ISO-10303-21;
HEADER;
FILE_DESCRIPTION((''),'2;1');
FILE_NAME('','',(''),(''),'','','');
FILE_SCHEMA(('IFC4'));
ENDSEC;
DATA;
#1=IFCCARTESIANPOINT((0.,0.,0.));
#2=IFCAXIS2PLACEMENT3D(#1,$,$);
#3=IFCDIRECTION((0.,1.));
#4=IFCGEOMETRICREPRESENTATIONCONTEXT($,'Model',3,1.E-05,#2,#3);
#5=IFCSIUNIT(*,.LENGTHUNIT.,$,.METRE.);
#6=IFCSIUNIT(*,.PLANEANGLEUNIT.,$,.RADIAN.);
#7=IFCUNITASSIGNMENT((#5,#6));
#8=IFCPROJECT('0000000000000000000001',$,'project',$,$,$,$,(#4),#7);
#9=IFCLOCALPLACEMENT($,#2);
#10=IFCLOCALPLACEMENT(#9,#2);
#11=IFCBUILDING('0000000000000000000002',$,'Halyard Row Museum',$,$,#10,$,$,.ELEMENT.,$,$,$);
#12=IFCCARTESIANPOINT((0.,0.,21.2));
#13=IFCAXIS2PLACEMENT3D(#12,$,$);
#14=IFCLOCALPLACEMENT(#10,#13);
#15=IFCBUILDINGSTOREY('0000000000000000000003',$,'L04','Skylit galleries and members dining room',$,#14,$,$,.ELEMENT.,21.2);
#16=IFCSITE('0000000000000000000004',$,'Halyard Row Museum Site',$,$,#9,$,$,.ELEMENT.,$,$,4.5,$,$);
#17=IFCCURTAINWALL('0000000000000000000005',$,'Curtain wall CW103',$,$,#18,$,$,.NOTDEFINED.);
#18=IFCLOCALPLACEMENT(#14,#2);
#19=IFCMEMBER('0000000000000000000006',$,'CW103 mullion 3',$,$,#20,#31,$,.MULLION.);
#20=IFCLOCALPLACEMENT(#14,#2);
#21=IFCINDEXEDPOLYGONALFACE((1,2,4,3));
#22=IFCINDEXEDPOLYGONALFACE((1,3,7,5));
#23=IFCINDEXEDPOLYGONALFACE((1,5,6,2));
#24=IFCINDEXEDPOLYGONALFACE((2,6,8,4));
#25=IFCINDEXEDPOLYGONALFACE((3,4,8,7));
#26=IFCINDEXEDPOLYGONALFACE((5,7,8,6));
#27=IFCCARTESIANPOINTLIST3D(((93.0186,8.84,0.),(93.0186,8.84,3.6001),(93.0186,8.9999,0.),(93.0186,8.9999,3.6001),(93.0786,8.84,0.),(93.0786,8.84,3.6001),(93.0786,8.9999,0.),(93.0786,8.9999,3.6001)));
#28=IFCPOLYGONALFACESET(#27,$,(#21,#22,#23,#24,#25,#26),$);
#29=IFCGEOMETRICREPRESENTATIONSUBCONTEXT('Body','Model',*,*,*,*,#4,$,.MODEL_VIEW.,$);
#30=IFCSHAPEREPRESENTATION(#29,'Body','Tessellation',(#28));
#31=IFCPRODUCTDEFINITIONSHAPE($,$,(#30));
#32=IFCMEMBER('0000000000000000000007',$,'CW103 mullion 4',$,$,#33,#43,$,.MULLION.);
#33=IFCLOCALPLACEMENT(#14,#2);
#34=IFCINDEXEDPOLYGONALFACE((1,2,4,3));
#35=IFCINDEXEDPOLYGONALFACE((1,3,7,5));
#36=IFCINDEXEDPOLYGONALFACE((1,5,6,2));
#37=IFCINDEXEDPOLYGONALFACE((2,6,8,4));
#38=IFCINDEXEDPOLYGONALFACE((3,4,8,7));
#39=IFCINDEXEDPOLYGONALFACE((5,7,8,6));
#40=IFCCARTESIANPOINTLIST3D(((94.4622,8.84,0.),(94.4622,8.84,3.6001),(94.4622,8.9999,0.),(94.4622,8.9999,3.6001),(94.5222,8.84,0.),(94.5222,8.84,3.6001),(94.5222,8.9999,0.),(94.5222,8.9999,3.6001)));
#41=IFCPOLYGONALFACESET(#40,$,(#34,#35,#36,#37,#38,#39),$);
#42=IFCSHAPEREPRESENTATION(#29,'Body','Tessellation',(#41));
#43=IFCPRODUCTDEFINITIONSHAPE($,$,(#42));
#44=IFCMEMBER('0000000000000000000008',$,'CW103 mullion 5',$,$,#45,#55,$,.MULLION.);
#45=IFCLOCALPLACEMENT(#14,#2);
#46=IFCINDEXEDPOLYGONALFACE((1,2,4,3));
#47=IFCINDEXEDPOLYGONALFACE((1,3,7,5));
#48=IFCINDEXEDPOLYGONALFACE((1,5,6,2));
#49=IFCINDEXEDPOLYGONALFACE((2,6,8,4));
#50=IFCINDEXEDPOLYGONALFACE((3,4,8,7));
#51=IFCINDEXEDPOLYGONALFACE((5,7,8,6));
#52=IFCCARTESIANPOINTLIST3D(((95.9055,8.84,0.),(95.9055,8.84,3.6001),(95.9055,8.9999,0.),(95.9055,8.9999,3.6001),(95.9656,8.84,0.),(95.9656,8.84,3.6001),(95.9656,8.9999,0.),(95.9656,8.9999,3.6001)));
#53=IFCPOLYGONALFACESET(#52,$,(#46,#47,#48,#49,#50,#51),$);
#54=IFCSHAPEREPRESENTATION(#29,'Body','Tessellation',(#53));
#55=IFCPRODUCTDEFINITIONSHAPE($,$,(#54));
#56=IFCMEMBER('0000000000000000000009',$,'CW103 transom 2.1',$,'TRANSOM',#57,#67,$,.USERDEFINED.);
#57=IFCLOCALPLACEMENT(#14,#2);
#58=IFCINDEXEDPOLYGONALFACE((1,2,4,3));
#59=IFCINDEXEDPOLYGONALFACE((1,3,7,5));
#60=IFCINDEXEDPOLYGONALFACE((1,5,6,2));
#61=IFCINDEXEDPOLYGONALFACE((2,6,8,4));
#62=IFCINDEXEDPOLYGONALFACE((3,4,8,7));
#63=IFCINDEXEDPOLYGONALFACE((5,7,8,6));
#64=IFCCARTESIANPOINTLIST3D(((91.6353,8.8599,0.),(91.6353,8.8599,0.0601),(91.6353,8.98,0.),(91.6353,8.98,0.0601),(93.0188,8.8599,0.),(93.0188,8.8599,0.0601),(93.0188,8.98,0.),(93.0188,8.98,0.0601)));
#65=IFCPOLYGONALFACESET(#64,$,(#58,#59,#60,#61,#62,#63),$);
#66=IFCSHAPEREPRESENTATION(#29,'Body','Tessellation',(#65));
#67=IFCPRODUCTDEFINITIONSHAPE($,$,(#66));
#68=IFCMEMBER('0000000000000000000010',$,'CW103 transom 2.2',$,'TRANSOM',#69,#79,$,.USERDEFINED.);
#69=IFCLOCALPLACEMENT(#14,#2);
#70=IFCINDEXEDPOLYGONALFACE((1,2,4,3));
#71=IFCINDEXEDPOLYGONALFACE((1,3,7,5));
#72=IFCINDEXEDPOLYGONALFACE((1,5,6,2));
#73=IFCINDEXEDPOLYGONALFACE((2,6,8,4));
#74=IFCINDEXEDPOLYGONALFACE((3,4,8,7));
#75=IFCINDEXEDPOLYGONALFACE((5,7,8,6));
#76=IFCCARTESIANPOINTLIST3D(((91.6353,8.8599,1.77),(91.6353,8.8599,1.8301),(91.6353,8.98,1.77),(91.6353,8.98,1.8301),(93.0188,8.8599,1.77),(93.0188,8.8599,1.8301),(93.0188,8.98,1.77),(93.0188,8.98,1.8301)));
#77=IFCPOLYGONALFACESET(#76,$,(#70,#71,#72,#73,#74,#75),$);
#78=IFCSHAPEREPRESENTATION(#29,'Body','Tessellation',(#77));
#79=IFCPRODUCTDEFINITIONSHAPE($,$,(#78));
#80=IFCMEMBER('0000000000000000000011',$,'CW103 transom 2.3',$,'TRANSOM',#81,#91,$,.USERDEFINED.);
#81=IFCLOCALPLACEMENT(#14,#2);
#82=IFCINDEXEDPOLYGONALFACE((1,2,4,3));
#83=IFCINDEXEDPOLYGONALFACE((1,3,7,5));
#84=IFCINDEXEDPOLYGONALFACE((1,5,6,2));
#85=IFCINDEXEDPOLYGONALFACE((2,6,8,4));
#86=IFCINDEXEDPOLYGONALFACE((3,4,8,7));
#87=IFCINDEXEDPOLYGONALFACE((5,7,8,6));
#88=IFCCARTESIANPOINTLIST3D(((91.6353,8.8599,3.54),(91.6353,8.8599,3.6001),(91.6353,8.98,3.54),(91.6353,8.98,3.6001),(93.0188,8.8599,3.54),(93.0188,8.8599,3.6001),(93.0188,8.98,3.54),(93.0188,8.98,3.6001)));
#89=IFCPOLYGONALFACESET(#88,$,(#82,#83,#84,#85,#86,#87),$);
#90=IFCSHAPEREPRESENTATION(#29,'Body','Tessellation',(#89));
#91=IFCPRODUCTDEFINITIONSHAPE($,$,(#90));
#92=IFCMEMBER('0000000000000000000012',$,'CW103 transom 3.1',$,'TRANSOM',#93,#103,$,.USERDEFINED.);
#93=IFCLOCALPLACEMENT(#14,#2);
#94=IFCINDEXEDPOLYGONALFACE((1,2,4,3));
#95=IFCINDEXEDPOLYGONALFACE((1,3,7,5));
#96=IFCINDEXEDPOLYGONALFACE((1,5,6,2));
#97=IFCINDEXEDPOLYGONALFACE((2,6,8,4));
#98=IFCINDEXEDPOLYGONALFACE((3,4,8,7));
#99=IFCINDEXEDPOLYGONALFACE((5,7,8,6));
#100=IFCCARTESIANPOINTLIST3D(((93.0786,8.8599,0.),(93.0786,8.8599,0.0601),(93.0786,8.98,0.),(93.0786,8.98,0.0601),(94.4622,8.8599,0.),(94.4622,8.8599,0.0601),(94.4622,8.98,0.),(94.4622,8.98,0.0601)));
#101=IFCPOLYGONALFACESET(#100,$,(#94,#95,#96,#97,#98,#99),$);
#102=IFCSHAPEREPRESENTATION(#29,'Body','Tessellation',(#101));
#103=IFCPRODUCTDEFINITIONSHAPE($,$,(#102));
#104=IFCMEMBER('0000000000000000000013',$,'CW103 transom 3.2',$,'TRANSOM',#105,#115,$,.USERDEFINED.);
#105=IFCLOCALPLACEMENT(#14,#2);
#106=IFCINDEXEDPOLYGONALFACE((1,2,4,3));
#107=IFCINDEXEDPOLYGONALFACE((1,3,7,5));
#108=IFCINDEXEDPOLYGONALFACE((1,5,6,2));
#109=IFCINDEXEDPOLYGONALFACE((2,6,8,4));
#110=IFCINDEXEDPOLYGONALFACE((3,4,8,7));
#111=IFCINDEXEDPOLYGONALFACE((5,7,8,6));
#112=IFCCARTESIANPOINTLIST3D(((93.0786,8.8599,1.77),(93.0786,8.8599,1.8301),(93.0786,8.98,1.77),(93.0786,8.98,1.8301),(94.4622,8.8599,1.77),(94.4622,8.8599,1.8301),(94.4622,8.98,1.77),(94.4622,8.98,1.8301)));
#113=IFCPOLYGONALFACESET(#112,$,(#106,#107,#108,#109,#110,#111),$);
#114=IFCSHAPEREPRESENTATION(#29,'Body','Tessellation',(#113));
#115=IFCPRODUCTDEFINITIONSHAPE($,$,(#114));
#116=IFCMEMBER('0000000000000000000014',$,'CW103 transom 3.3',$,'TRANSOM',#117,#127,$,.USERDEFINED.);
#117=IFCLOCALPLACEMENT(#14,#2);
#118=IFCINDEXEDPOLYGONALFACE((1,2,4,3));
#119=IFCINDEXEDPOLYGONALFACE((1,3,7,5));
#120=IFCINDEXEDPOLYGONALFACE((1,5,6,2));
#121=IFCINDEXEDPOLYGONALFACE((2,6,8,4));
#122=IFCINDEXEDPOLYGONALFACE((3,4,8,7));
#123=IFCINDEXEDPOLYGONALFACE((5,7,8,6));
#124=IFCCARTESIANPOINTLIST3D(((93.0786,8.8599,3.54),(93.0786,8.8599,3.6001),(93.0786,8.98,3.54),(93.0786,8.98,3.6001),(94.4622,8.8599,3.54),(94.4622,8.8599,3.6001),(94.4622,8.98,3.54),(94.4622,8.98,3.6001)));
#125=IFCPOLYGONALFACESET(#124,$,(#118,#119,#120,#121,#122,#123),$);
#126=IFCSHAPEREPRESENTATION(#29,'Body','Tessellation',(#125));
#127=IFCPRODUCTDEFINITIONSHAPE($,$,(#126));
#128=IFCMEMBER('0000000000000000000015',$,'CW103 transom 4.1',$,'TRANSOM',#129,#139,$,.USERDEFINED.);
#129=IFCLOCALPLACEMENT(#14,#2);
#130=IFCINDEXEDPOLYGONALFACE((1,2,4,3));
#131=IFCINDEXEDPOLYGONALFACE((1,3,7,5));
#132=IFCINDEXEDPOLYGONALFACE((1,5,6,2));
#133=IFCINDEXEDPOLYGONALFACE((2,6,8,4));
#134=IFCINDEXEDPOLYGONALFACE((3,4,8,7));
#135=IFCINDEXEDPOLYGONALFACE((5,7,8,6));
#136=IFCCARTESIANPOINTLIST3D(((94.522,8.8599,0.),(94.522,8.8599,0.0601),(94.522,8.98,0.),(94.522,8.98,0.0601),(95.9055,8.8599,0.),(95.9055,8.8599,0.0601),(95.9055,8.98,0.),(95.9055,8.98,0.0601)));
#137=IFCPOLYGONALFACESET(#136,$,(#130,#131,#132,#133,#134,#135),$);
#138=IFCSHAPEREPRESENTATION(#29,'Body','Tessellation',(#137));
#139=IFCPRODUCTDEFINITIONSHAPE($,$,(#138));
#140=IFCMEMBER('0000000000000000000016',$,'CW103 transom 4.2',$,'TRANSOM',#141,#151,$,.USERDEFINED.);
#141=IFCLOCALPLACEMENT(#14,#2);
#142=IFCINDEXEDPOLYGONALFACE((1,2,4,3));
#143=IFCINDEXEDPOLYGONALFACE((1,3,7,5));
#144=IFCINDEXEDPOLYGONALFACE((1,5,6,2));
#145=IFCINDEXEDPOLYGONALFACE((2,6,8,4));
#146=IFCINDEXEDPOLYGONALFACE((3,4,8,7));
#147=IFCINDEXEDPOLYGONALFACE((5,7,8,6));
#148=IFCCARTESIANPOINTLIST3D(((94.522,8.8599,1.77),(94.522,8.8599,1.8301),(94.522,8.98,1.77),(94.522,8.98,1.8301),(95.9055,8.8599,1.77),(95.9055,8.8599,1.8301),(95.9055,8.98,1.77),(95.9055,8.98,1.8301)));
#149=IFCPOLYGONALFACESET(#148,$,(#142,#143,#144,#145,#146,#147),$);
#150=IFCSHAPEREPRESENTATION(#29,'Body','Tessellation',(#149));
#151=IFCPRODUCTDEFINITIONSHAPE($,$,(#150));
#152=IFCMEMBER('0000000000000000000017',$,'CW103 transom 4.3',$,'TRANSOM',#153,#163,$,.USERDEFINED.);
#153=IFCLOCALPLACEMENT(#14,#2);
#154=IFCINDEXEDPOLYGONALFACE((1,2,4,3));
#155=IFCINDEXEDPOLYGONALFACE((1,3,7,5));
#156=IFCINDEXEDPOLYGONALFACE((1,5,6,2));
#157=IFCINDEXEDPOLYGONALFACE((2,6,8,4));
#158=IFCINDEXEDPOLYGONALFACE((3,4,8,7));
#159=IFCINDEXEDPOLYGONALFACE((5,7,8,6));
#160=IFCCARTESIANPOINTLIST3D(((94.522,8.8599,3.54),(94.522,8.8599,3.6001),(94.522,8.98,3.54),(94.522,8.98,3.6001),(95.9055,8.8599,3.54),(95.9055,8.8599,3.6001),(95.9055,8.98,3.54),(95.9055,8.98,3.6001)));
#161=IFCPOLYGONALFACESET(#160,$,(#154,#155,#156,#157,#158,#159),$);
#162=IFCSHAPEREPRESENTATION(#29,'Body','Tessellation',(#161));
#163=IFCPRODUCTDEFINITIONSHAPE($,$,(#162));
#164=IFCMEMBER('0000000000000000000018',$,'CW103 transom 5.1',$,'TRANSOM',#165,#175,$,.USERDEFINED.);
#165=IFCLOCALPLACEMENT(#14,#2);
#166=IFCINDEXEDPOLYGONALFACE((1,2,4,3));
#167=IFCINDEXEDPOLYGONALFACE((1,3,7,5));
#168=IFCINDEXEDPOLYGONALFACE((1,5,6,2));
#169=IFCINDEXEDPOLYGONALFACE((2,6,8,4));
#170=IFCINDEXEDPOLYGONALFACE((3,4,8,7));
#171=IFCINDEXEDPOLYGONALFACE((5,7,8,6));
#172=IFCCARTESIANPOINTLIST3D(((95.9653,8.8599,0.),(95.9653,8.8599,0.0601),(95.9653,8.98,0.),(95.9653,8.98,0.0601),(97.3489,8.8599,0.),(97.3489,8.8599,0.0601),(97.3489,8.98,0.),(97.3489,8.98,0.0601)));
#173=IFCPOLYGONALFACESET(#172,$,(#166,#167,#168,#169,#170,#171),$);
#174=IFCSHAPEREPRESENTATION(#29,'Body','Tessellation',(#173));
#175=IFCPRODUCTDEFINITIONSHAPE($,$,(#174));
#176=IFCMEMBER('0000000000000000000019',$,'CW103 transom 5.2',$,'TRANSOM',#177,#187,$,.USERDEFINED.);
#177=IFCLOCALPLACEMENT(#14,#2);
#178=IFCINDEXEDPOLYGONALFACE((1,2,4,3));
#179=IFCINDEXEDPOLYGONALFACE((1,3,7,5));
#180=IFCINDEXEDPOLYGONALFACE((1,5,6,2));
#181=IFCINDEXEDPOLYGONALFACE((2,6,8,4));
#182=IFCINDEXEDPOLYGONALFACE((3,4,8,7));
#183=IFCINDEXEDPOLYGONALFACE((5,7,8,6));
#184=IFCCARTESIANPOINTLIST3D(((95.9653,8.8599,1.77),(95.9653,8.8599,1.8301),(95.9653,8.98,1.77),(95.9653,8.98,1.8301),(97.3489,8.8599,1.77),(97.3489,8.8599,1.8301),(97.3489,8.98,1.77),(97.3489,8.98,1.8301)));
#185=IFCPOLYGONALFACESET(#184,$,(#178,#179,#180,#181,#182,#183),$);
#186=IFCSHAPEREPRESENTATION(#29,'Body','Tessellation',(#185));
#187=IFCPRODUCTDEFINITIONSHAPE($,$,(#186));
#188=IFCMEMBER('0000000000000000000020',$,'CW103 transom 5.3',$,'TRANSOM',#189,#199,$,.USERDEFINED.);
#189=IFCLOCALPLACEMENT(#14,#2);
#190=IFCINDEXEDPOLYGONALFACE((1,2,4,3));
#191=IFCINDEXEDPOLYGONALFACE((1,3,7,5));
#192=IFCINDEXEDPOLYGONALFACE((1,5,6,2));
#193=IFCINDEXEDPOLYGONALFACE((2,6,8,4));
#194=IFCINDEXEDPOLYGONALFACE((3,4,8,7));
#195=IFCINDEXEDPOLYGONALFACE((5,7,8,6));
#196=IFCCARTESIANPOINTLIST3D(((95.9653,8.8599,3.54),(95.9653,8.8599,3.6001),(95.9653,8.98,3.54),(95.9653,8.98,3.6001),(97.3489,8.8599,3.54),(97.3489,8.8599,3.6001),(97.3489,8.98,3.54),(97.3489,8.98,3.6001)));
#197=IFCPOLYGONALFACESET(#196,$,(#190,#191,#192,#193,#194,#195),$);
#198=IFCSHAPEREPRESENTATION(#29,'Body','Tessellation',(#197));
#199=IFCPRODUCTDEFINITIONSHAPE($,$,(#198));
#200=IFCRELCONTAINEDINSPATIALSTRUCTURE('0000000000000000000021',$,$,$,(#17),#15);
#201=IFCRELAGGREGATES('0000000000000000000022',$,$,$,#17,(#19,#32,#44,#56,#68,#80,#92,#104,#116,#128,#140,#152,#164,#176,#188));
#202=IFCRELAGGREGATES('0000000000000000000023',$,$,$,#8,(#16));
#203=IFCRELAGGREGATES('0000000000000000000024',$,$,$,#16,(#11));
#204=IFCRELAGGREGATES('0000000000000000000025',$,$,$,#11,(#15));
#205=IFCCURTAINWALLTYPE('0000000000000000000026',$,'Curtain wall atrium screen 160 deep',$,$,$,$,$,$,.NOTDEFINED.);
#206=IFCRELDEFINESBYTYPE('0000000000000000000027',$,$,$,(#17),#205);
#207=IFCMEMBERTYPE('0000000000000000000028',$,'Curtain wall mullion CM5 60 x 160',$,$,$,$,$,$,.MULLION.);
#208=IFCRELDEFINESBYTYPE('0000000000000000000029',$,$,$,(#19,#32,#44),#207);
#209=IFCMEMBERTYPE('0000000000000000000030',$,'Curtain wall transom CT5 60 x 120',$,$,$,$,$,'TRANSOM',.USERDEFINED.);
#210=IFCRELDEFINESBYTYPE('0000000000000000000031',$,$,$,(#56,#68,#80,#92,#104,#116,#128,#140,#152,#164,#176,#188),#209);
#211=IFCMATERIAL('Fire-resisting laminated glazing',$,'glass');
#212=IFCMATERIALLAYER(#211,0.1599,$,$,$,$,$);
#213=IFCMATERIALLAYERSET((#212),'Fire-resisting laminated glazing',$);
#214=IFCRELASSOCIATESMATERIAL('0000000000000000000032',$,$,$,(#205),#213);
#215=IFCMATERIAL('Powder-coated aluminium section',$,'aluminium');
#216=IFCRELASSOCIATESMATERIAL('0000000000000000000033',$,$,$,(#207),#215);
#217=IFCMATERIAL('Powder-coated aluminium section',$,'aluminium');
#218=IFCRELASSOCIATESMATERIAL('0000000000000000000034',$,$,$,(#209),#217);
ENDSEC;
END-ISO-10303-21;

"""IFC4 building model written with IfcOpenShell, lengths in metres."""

from ifc_helpers import new_model, si_unit, direction, frame, origin, origin_2d, place, context, subcontext, project, spatial, rectangle, extrude, material, layer, layer_set, material_profile, profile_set, type_object, element, aggregate, save


model = new_model("IFC4")

# Units and contexts
model_context = context("Model", 3, precision=1e-05, world=origin(), true_north=direction((0.0, 1.0)))
body_context = subcontext(model_context, "Body", "Model", "MODEL_VIEW")
ifc_project = project(units=[si_unit("LENGTHUNIT", "METRE"), si_unit("PLANEANGLEUNIT", "RADIAN")], contexts=[model_context])

# Site, building, storey
site_placement = place(None, origin())
site = spatial("IfcSite", under=ifc_project, at=site_placement, Name="Halyard Row Museum Site", CompositionType="ELEMENT", RefElevation=4.5)
building_placement = place(site_placement, origin())
building = spatial("IfcBuilding", under=site, at=building_placement, Name="Halyard Row Museum", CompositionType="ELEMENT")
storey_placement = place(building_placement, frame((0.0, 0.0, 21.2)))
storey = spatial("IfcBuildingStorey", under=building, at=storey_placement, Name="L04", Description="Skylit galleries and members dining room", CompositionType="ELEMENT", Elevation=21.2)

# Curtain wall, members
ifc_material_1 = material(Name="Fire-resisting laminated glazing", Category="glass")
ifc_layer_1 = layer(ifc_material_1, 0.1599)
ifc_layer_set_1 = layer_set([ifc_layer_1], Name="Fire-resisting laminated glazing")
curtain_wall_type = type_object("IfcCurtainWallType", Name="Curtain wall atrium screen 160 deep", PredefinedType="NOTDEFINED", material=ifc_layer_set_1)
curtain_wall_placement = place(storey_placement, origin())
curtain_wall = element("IfcCurtainWall", 1, at=curtain_wall_placement, inside=storey, type_object=curtain_wall_type, Name="Curtain wall CW103", PredefinedType="NOTDEFINED")
ifc_material_2 = material(Name="Powder-coated aluminium section", Category="aluminium")
ifc_material_profile_1 = material_profile(ifc_material_2, rectangle(XDim=0.1599, YDim=0.0601, at=origin_2d()), Name="160x60 mullion")
ifc_profile_set_1 = profile_set([ifc_material_profile_1], Name="Powder-coated aluminium section")
member_type_1 = type_object("IfcMemberType", Name="Curtain wall mullion CM5 60 x 160", PredefinedType="MULLION", material=ifc_profile_set_1)
member_1_placement = place(storey_placement, frame((93.0486, 8.9199, 0.0), z_axis=(0.0, 0.0, 1.0), x_axis=(0.0, 1.0, 0.0)))
member_1 = element("IfcMember", 2, at=member_1_placement, type_object=member_type_1, Name="CW103 mullion 3", PredefinedType="MULLION", context=body_context, shape_type="SweptSolid", body=[
    extrude(rectangle(XDim=0.1599, YDim=0.0601, at=origin_2d()), origin(), (0.0, 0.0, 1.0), 3.6001),
])
member_2_placement = place(storey_placement, frame((94.4922, 8.9199, 0.0), z_axis=(0.0, 0.0, 1.0), x_axis=(0.0, 1.0, 0.0)))
member_2 = element("IfcMember", 3, at=member_2_placement, type_object=member_type_1, Name="CW103 mullion 4", PredefinedType="MULLION", context=body_context, shape_type="SweptSolid", body=[
    extrude(rectangle(XDim=0.1599, YDim=0.0601, at=origin_2d()), origin(), (0.0, 0.0, 1.0), 3.6001),
])
member_3_placement = place(storey_placement, frame((95.9355, 8.9199, 0.0), z_axis=(0.0, 0.0, 1.0), x_axis=(0.0, 1.0, 0.0)))
member_3 = element("IfcMember", 4, at=member_3_placement, type_object=member_type_1, Name="CW103 mullion 5", PredefinedType="MULLION", context=body_context, shape_type="SweptSolid", body=[
    extrude(rectangle(XDim=0.1599, YDim=0.0601, at=origin_2d()), origin(), (0.0, 0.0, 1.0), 3.6001),
])
ifc_material_3 = material(Name="Powder-coated aluminium section", Category="aluminium")
ifc_material_profile_2 = material_profile(ifc_material_3, rectangle(XDim=0.1201, YDim=0.0601, at=origin_2d()), Name="120x60 transom")
ifc_profile_set_2 = profile_set([ifc_material_profile_2], Name="Powder-coated aluminium section")
member_type_2 = type_object("IfcMemberType", Name="Curtain wall transom CT5 60 x 120", ElementType="TRANSOM", PredefinedType="USERDEFINED", material=ifc_profile_set_2)
member_4_placement = place(storey_placement, frame((91.6353, 8.9199, 0.03), z_axis=(1.0, 0.0, 0.0), x_axis=(0.0, 1.0, 0.0)))
member_4 = element("IfcMember", 5, at=member_4_placement, type_object=member_type_2, Name="CW103 transom 2.1", ObjectType="TRANSOM", PredefinedType="USERDEFINED", context=body_context, shape_type="SweptSolid", body=[
    extrude(rectangle(XDim=0.1201, YDim=0.0601, at=origin_2d()), origin(), (0.0, 0.0, 1.0), 1.3835),
])
member_5_placement = place(storey_placement, frame((91.6353, 8.9199, 1.8), z_axis=(1.0, 0.0, 0.0), x_axis=(0.0, 1.0, 0.0)))
member_5 = element("IfcMember", 6, at=member_5_placement, type_object=member_type_2, Name="CW103 transom 2.2", ObjectType="TRANSOM", PredefinedType="USERDEFINED", context=body_context, shape_type="SweptSolid", body=[
    extrude(rectangle(XDim=0.1201, YDim=0.0601, at=origin_2d()), origin(), (0.0, 0.0, 1.0), 1.3835),
])
member_6_placement = place(storey_placement, frame((91.6353, 8.9199, 3.5701), z_axis=(1.0, 0.0, 0.0), x_axis=(0.0, 1.0, 0.0)))
member_6 = element("IfcMember", 7, at=member_6_placement, type_object=member_type_2, Name="CW103 transom 2.3", ObjectType="TRANSOM", PredefinedType="USERDEFINED", context=body_context, shape_type="SweptSolid", body=[
    extrude(rectangle(XDim=0.1201, YDim=0.0601, at=origin_2d()), origin(), (0.0, 0.0, 1.0), 1.3835),
])
member_7_placement = place(storey_placement, frame((93.0786, 8.9199, 0.03), z_axis=(1.0, 0.0, 0.0), x_axis=(0.0, 1.0, 0.0)))
member_7 = element("IfcMember", 8, at=member_7_placement, type_object=member_type_2, Name="CW103 transom 3.1", ObjectType="TRANSOM", PredefinedType="USERDEFINED", context=body_context, shape_type="SweptSolid", body=[
    extrude(rectangle(XDim=0.1201, YDim=0.0601, at=origin_2d()), origin(), (0.0, 0.0, 1.0), 1.3835),
])
member_8_placement = place(storey_placement, frame((93.0786, 8.9199, 1.8), z_axis=(1.0, 0.0, 0.0), x_axis=(0.0, 1.0, 0.0)))
member_8 = element("IfcMember", 9, at=member_8_placement, type_object=member_type_2, Name="CW103 transom 3.2", ObjectType="TRANSOM", PredefinedType="USERDEFINED", context=body_context, shape_type="SweptSolid", body=[
    extrude(rectangle(XDim=0.1201, YDim=0.0601, at=origin_2d()), origin(), (0.0, 0.0, 1.0), 1.3835),
])
member_9_placement = place(storey_placement, frame((93.0786, 8.9199, 3.5701), z_axis=(1.0, 0.0, 0.0), x_axis=(0.0, 1.0, 0.0)))
member_9 = element("IfcMember", 10, at=member_9_placement, type_object=member_type_2, Name="CW103 transom 3.3", ObjectType="TRANSOM", PredefinedType="USERDEFINED", context=body_context, shape_type="SweptSolid", body=[
    extrude(rectangle(XDim=0.1201, YDim=0.0601, at=origin_2d()), origin(), (0.0, 0.0, 1.0), 1.3835),
])
member_10_placement = place(storey_placement, frame((94.522, 8.9199, 0.03), z_axis=(1.0, 0.0, 0.0), x_axis=(0.0, 1.0, 0.0)))
member_10 = element("IfcMember", 11, at=member_10_placement, type_object=member_type_2, Name="CW103 transom 4.1", ObjectType="TRANSOM", PredefinedType="USERDEFINED", context=body_context, shape_type="SweptSolid", body=[
    extrude(rectangle(XDim=0.1201, YDim=0.0601, at=origin_2d()), origin(), (0.0, 0.0, 1.0), 1.3835),
])
member_11_placement = place(storey_placement, frame((94.522, 8.9199, 1.8), z_axis=(1.0, 0.0, 0.0), x_axis=(0.0, 1.0, 0.0)))
member_11 = element("IfcMember", 12, at=member_11_placement, type_object=member_type_2, Name="CW103 transom 4.2", ObjectType="TRANSOM", PredefinedType="USERDEFINED", context=body_context, shape_type="SweptSolid", body=[
    extrude(rectangle(XDim=0.1201, YDim=0.0601, at=origin_2d()), origin(), (0.0, 0.0, 1.0), 1.3835),
])
member_12_placement = place(storey_placement, frame((94.522, 8.9199, 3.5701), z_axis=(1.0, 0.0, 0.0), x_axis=(0.0, 1.0, 0.0)))
member_12 = element("IfcMember", 13, at=member_12_placement, type_object=member_type_2, Name="CW103 transom 4.3", ObjectType="TRANSOM", PredefinedType="USERDEFINED", context=body_context, shape_type="SweptSolid", body=[
    extrude(rectangle(XDim=0.1201, YDim=0.0601, at=origin_2d()), origin(), (0.0, 0.0, 1.0), 1.3835),
])
member_13_placement = place(storey_placement, frame((95.9653, 8.9199, 0.03), z_axis=(1.0, 0.0, 0.0), x_axis=(0.0, 1.0, 0.0)))
member_13 = element("IfcMember", 14, at=member_13_placement, type_object=member_type_2, Name="CW103 transom 5.1", ObjectType="TRANSOM", PredefinedType="USERDEFINED", context=body_context, shape_type="SweptSolid", body=[
    extrude(rectangle(XDim=0.1201, YDim=0.0601, at=origin_2d()), origin(), (0.0, 0.0, 1.0), 1.3835),
])
member_14_placement = place(storey_placement, frame((95.9653, 8.9199, 1.8), z_axis=(1.0, 0.0, 0.0), x_axis=(0.0, 1.0, 0.0)))
member_14 = element("IfcMember", 15, at=member_14_placement, type_object=member_type_2, Name="CW103 transom 5.2", ObjectType="TRANSOM", PredefinedType="USERDEFINED", context=body_context, shape_type="SweptSolid", body=[
    extrude(rectangle(XDim=0.1201, YDim=0.0601, at=origin_2d()), origin(), (0.0, 0.0, 1.0), 1.3835),
])
member_15_placement = place(storey_placement, frame((95.9653, 8.9199, 3.5701), z_axis=(1.0, 0.0, 0.0), x_axis=(0.0, 1.0, 0.0)))
member_15 = element("IfcMember", 16, at=member_15_placement, type_object=member_type_2, Name="CW103 transom 5.3", ObjectType="TRANSOM", PredefinedType="USERDEFINED", context=body_context, shape_type="SweptSolid", body=[
    extrude(rectangle(XDim=0.1201, YDim=0.0601, at=origin_2d()), origin(), (0.0, 0.0, 1.0), 1.3835),
])

aggregate(curtain_wall, [member_1, member_2, member_3, member_4, member_5, member_6, member_7, member_8, member_9, member_10, member_11, member_12, member_13, member_14, member_15])

save(model, "model.ifc")
